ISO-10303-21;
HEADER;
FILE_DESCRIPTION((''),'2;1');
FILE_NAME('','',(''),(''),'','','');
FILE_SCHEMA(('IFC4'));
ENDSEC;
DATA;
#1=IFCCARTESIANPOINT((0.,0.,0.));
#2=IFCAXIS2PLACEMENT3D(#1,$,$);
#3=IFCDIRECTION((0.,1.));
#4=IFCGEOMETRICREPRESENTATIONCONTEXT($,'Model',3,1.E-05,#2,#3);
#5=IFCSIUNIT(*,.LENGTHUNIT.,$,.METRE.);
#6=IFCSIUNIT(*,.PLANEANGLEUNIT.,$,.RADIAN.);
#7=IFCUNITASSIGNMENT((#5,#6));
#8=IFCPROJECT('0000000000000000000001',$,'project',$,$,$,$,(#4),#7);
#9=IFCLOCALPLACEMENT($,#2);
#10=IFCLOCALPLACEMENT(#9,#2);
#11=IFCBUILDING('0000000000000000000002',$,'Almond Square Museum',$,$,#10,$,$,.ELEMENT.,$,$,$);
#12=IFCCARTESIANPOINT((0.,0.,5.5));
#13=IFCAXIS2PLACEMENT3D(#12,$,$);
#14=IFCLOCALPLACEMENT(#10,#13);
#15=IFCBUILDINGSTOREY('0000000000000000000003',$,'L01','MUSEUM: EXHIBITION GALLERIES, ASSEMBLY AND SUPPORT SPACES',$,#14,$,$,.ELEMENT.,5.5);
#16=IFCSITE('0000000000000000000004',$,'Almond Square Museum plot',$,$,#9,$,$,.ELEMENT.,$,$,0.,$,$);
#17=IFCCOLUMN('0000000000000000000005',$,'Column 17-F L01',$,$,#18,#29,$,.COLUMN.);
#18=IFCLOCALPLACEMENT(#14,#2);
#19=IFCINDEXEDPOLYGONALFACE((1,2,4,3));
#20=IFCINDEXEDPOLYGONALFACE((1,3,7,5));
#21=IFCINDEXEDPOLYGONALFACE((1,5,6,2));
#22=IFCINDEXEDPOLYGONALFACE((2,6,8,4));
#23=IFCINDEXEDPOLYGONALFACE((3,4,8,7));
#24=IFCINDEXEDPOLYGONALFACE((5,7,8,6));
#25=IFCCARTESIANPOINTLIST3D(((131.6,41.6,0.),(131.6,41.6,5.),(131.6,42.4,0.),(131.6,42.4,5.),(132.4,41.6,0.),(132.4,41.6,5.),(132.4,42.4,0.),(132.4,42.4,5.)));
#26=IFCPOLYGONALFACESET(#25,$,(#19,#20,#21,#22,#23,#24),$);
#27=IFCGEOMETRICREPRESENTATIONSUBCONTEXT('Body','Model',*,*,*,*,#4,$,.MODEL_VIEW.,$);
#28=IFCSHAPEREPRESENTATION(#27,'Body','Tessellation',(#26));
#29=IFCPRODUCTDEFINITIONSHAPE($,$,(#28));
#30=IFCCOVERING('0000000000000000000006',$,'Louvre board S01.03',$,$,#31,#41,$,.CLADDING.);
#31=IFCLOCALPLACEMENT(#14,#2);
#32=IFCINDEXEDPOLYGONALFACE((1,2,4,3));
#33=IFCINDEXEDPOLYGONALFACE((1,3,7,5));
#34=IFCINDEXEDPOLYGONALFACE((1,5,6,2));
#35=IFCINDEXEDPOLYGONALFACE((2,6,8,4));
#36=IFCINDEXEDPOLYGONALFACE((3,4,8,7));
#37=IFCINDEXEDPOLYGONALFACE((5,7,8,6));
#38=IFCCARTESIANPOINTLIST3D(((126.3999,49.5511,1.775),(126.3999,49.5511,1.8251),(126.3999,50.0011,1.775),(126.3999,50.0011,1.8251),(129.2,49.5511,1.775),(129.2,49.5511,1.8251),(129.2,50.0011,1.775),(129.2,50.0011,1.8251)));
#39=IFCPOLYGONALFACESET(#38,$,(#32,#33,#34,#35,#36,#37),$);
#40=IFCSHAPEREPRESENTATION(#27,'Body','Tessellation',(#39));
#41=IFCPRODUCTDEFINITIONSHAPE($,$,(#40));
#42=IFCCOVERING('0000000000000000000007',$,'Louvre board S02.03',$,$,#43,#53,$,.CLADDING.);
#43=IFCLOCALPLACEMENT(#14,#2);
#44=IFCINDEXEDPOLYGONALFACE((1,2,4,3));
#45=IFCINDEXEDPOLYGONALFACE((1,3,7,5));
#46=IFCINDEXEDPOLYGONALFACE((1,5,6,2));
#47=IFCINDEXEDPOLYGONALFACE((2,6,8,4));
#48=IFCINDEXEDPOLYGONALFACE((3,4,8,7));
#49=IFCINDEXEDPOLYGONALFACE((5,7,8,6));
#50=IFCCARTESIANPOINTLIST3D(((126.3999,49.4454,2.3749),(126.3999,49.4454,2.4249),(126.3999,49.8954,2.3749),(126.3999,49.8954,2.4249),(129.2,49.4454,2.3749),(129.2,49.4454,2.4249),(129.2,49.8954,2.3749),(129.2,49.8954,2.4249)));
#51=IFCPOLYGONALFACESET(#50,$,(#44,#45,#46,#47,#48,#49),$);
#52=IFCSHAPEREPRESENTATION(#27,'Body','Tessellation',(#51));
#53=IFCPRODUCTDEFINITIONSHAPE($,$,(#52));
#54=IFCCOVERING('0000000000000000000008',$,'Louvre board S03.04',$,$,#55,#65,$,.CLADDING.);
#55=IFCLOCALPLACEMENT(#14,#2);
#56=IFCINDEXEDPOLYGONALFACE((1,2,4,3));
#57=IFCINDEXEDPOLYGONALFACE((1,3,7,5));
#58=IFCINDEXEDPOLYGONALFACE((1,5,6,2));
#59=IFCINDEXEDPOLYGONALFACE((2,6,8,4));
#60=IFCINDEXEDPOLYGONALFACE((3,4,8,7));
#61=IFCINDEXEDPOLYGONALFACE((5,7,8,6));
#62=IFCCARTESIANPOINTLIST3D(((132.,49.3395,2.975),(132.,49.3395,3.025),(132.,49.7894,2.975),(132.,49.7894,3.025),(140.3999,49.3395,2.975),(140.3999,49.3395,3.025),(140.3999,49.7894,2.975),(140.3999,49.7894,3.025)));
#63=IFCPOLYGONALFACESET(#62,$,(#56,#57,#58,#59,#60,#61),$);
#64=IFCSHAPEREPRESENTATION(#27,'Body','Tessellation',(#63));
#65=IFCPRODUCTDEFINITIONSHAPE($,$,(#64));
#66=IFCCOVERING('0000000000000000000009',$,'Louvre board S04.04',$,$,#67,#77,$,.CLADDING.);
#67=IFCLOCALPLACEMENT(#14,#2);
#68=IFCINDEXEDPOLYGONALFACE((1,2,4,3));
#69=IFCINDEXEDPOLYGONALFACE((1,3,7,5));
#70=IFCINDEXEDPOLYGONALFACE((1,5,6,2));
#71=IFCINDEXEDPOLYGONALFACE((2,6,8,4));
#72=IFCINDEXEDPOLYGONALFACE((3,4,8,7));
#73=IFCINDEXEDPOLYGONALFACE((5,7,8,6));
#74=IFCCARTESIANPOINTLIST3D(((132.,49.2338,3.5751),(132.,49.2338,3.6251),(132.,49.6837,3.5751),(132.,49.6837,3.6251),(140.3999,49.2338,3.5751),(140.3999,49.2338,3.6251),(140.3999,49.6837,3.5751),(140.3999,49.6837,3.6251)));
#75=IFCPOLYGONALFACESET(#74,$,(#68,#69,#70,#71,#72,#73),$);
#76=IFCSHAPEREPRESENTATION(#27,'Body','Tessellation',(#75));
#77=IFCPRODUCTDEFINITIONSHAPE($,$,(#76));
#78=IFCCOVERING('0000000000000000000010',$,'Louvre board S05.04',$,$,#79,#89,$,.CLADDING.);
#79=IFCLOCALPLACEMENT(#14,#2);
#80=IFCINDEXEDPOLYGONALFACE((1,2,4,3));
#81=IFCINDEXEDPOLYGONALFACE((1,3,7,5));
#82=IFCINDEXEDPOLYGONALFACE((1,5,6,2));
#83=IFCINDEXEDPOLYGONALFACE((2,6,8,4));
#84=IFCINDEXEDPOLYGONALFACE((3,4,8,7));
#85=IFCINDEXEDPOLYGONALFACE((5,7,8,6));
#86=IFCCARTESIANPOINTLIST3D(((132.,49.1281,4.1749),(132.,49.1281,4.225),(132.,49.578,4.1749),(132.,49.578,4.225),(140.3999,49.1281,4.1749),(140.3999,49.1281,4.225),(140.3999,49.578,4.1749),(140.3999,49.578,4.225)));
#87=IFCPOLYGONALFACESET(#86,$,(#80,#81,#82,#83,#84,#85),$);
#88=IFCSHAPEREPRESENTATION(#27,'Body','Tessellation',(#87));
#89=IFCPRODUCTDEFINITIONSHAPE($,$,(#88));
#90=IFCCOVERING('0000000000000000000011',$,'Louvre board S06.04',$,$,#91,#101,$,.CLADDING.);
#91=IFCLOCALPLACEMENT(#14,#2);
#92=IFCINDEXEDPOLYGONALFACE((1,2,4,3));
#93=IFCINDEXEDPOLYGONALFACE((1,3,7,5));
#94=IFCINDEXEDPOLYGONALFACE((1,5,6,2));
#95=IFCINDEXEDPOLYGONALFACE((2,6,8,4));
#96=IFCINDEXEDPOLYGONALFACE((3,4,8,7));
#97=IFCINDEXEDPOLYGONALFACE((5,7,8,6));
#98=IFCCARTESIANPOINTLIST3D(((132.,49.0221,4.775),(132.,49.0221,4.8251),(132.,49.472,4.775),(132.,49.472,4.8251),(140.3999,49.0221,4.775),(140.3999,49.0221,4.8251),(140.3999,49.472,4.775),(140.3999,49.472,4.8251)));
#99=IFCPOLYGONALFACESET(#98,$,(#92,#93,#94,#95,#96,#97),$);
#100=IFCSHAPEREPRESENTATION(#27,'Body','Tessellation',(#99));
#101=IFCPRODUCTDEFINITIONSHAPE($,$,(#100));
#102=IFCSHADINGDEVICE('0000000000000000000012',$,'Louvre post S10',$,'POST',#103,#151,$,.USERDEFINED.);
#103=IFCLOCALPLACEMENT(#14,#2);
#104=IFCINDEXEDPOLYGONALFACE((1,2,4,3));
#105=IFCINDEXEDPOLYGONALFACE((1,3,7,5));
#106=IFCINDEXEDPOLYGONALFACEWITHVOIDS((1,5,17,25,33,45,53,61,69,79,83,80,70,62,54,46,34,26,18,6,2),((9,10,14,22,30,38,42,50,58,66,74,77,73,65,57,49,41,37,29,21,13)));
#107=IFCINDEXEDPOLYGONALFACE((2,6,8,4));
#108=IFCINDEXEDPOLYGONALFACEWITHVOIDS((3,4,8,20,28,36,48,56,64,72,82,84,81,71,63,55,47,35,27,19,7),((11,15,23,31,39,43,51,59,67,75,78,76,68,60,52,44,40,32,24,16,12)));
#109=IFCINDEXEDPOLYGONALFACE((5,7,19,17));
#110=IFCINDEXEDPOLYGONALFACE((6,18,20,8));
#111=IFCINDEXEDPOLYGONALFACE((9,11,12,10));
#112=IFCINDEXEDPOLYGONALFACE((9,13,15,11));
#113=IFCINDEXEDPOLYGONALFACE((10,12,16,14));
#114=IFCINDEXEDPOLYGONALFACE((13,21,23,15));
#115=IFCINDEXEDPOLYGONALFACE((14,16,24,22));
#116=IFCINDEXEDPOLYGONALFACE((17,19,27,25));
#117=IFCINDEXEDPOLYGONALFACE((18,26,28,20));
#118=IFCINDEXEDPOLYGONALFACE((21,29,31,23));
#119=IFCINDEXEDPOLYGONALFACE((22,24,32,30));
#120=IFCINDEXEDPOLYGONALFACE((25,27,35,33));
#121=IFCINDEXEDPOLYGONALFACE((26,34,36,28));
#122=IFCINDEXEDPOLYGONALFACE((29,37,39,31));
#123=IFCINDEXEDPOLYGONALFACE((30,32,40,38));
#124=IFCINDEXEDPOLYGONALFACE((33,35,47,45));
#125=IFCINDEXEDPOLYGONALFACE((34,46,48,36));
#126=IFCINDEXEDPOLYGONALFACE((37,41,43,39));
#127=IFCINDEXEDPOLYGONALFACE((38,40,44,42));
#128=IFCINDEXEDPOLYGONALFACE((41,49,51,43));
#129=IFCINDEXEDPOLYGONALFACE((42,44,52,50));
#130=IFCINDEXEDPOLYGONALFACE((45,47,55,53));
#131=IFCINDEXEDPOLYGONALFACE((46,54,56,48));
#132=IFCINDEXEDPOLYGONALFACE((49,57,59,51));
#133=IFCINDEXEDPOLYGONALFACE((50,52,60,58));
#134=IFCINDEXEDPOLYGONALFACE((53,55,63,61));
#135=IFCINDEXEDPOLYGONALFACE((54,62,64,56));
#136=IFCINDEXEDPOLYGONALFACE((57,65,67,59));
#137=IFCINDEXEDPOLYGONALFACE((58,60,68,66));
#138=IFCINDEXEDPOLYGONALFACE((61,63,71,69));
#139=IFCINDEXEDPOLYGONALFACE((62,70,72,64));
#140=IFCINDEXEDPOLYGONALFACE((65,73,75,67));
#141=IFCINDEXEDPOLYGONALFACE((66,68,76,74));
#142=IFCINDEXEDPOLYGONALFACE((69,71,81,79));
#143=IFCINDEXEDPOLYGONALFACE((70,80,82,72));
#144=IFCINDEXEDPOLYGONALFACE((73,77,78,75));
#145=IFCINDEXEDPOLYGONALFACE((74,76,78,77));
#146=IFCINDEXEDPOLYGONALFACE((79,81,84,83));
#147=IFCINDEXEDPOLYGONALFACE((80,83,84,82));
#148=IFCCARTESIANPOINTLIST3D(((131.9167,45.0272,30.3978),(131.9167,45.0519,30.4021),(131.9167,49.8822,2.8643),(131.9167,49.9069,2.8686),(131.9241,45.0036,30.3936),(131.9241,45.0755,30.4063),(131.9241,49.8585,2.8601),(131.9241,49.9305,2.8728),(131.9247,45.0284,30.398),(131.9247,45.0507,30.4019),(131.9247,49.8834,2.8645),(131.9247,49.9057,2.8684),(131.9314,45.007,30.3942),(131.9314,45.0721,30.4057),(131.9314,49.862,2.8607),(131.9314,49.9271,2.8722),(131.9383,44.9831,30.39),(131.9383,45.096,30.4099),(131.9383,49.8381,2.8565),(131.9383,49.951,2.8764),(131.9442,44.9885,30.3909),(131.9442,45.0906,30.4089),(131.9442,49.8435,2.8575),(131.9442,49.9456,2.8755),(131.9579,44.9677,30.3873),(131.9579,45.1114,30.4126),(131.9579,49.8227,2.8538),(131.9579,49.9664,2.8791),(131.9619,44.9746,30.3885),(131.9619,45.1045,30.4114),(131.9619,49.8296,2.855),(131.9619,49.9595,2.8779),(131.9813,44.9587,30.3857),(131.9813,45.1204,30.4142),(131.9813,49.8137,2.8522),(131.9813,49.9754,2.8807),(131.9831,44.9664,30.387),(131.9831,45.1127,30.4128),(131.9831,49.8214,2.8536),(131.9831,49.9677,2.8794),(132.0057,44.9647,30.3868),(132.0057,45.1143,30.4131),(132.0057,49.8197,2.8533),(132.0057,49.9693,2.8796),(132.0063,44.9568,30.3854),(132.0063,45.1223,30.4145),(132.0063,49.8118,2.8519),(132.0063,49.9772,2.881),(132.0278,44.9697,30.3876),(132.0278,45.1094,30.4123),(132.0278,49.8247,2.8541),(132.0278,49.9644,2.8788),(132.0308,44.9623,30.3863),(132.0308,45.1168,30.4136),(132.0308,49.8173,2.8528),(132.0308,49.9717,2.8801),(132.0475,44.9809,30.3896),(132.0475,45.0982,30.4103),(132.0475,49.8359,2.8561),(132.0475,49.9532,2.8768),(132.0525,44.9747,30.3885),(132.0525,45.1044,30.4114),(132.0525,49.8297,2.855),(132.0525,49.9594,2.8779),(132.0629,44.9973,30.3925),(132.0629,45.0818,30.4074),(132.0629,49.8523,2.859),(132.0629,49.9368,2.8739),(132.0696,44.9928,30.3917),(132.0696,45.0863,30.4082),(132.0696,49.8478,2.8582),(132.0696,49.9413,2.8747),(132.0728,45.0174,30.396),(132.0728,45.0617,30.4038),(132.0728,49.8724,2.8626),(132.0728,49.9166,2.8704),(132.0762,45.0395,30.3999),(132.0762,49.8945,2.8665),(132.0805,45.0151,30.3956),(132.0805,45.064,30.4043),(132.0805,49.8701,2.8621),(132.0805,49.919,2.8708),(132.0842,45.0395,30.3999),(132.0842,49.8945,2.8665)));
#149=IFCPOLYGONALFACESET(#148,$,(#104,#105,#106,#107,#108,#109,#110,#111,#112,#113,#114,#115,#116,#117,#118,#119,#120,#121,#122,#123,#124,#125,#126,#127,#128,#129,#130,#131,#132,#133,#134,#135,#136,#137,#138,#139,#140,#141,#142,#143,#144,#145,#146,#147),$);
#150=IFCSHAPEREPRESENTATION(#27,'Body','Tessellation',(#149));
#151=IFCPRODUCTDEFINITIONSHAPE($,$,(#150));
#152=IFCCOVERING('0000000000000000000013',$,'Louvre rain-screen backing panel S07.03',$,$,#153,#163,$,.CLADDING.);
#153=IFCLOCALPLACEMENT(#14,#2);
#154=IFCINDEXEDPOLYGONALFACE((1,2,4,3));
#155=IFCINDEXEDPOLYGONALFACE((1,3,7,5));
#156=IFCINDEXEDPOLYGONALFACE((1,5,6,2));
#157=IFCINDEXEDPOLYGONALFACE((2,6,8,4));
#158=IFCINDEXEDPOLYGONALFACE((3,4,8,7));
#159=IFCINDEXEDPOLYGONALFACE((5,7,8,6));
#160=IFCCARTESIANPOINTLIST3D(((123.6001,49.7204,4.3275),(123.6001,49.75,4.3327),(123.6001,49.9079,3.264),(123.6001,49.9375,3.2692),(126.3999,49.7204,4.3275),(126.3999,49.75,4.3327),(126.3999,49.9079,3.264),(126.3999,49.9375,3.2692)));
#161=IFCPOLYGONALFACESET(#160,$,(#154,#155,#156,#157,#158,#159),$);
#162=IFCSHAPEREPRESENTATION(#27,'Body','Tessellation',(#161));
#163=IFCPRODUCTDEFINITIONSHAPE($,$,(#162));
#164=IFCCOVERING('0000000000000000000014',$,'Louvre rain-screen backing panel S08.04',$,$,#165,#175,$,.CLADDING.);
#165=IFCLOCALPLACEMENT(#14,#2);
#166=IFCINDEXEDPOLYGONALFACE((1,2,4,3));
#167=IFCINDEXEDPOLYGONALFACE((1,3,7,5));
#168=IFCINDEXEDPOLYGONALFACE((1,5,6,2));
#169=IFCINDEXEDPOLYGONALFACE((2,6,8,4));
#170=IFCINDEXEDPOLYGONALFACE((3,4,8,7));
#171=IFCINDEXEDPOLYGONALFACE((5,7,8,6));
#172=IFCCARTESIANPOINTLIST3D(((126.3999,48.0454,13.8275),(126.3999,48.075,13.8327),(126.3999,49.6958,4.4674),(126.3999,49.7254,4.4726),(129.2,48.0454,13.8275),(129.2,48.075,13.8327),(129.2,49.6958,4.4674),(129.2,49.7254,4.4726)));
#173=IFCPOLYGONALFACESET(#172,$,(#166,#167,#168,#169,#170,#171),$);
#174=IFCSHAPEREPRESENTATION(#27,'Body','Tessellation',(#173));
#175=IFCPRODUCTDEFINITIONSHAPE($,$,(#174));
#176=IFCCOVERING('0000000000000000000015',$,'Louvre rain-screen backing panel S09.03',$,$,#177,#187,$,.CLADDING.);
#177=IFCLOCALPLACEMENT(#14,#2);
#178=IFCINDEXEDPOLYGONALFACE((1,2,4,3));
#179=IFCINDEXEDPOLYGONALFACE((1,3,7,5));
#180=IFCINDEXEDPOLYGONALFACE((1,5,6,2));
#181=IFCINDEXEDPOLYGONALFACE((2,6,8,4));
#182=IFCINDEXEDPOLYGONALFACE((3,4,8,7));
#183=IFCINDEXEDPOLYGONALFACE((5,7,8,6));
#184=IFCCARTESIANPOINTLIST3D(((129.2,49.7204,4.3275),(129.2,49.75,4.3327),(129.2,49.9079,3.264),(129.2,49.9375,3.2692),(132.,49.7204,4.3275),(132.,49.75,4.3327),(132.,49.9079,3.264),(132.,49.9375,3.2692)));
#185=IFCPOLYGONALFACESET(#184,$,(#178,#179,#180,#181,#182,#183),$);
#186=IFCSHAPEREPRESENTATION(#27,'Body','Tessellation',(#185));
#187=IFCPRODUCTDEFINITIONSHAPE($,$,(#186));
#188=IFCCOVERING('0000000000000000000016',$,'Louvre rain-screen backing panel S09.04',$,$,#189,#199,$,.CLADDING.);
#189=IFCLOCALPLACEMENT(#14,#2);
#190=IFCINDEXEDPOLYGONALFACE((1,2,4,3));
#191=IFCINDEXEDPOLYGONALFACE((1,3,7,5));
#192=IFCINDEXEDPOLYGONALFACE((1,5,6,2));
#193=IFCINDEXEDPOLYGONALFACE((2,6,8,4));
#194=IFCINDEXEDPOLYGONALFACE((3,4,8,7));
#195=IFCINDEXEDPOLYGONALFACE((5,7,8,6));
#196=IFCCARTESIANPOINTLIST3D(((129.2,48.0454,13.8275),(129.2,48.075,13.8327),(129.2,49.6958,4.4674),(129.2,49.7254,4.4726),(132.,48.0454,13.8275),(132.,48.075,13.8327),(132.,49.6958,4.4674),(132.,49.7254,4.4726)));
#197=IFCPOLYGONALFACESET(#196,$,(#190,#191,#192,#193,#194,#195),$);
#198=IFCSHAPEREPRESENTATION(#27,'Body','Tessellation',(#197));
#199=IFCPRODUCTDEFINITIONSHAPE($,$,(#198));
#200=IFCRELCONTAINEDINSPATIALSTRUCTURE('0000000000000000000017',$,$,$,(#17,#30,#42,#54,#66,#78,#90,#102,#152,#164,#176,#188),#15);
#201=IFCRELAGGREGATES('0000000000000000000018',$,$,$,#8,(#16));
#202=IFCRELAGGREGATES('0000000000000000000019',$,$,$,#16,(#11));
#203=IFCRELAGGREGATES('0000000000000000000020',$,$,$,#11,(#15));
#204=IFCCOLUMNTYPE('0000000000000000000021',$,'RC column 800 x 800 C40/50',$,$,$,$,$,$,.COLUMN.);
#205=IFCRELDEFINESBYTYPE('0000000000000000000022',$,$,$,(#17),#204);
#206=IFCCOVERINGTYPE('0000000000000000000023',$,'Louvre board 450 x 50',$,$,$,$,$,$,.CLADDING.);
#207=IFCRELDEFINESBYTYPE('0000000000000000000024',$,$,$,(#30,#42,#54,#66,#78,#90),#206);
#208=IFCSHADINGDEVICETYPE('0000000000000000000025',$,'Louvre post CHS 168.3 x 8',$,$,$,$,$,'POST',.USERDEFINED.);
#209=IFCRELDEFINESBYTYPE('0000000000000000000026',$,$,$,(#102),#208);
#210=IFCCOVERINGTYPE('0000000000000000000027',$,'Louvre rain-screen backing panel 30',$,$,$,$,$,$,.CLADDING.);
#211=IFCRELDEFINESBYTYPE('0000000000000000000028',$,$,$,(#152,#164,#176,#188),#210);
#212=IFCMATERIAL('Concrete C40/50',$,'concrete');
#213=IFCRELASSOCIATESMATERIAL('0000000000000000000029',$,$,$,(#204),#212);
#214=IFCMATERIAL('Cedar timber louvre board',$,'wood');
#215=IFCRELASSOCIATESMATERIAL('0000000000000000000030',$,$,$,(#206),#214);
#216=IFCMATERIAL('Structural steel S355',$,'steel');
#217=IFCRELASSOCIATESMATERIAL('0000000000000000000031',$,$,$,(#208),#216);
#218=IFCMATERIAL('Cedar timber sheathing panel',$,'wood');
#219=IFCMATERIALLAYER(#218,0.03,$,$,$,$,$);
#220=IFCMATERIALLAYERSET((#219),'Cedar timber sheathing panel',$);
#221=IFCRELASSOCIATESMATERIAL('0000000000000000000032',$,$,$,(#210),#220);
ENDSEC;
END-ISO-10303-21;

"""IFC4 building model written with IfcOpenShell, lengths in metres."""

from ifc_helpers import new_model, si_unit, direction, frame, origin, origin_2d, place, context, subcontext, project, spatial, polyline, rectangle, hollow_circle, outline, extrude, material, layer, layer_set, material_profile, profile_set, type_object, element, save


model = new_model("IFC4")

# Units and contexts
model_context = context("Model", 3, precision=1e-05, world=origin(), true_north=direction((0.0, 1.0)))
body_context = subcontext(model_context, "Body", "Model", "MODEL_VIEW")
ifc_project = project(units=[si_unit("LENGTHUNIT", "METRE"), si_unit("PLANEANGLEUNIT", "RADIAN")], contexts=[model_context])

# Site, building, storey
site_placement = place(None, origin())
site = spatial("IfcSite", under=ifc_project, at=site_placement, Name="Almond Square Museum plot", CompositionType="ELEMENT", RefElevation=0.0)
building_placement = place(site_placement, origin())
building = spatial("IfcBuilding", under=site, at=building_placement, Name="Almond Square Museum", CompositionType="ELEMENT")
storey_placement = place(building_placement, frame((0.0, 0.0, 5.5)))
storey = spatial("IfcBuildingStorey", under=building, at=storey_placement, Name="L01", Description="MUSEUM: EXHIBITION GALLERIES, ASSEMBLY AND SUPPORT SPACES", CompositionType="ELEMENT", Elevation=5.5)

# Column
ifc_material_1 = material(Name="Concrete C40/50", Category="concrete")
ifc_material_profile_1 = material_profile(ifc_material_1, rectangle(XDim=0.8, YDim=0.8, at=origin_2d()))
ifc_profile_set_1 = profile_set([ifc_material_profile_1], Name="Concrete C40/50")
column_type = type_object("IfcColumnType", Name="RC column 800 x 800 C40/50", PredefinedType="COLUMN", material=ifc_profile_set_1)
column_placement = place(storey_placement, frame((132.0, 42.0, 0.0), z_axis=(0.0, 0.0, 1.0), x_axis=(1.0, 0.0, 0.0)))
element("IfcColumn", 1, at=column_placement, inside=storey, type_object=column_type, Name="Column 17-F L01", PredefinedType="COLUMN", context=body_context, shape_type="SweptSolid", body=[
    extrude(rectangle(XDim=0.8, YDim=0.8, at=origin_2d()), origin(), (0.0, 0.0, 1.0), 5.0),
])

# Coverings
ifc_material_2 = material(Name="Cedar timber louvre board", Category="wood")
ifc_material_profile_2 = material_profile(ifc_material_2, rectangle(XDim=0.45, YDim=0.05, at=origin_2d()))
ifc_profile_set_2 = profile_set([ifc_material_profile_2], Name="Cedar timber louvre board")
covering_type_1 = type_object("IfcCoveringType", Name="Louvre board 450 x 50", PredefinedType="CLADDING", material=ifc_profile_set_2)
for number, where, z_axis, x_axis, name in (
    (2, (126.3999, 49.7761, 1.8), (1.0, 0.0, 0.0), (0.0, 1.0, 0.0), "Louvre board S01.03"),
    (3, (126.3999, 49.6704, 2.3999), (1.0, 0.0, 0.0), (0.0, 1.0, 0.0), "Louvre board S02.03"),
):
    element("IfcCovering", number, at=place(storey_placement, frame(where, z_axis=z_axis, x_axis=x_axis)), inside=storey, type_object=covering_type_1, Name=name, PredefinedType="CLADDING", context=body_context, shape_type="SweptSolid", body=[
        extrude(rectangle(XDim=0.45, YDim=0.05, at=origin_2d()), origin(), (0.0, 0.0, 1.0), 2.8),
    ])
for number, where, z_axis, x_axis, name in (
    (4, (132.0, 49.5645, 3.0), (1.0, 0.0, 0.0), (0.0, 1.0, 0.0), "Louvre board S03.04"),
    (5, (132.0, 49.4587, 3.6001), (1.0, 0.0, 0.0), (0.0, 1.0, 0.0), "Louvre board S04.04"),
    (6, (132.0, 49.353, 4.2), (1.0, 0.0, 0.0), (0.0, 1.0, 0.0), "Louvre board S05.04"),
    (7, (132.0, 49.2471, 4.8), (1.0, 0.0, 0.0), (0.0, 1.0, 0.0), "Louvre board S06.04"),
):
    element("IfcCovering", number, at=place(storey_placement, frame(where, z_axis=z_axis, x_axis=x_axis)), inside=storey, type_object=covering_type_1, Name=name, PredefinedType="CLADDING", context=body_context, shape_type="SweptSolid", body=[
        extrude(rectangle(XDim=0.45, YDim=0.05, at=origin_2d()), origin(), (0.0, 0.0, 1.0), 8.3999),
    ])

# Shading device
ifc_material_3 = material(Name="Structural steel S355", Category="steel")
ifc_material_profile_3 = material_profile(ifc_material_3, hollow_circle(Radius=0.0842, WallThickness=0.0081, at=origin_2d()))
ifc_profile_set_3 = profile_set([ifc_material_profile_3], Name="Structural steel S355")
shading_device_type_1 = type_object("IfcShadingDeviceType", Name="Louvre post CHS 168.3 x 8", ElementType="POST", PredefinedType="USERDEFINED", material=ifc_profile_set_3)
shading_device_1_placement = place(storey_placement, frame((132.0, 49.8945, 2.8665), z_axis=(0.0, -0.173651, 0.984807), x_axis=(1.0, 0.0, 0.0)))
element("IfcShadingDevice", 8, at=shading_device_1_placement, inside=storey, type_object=shading_device_type_1, Name="Louvre post S10", ObjectType="POST", PredefinedType="USERDEFINED", context=body_context, shape_type="SweptSolid", body=[
    extrude(hollow_circle(Radius=0.0842, WallThickness=0.0081, at=origin_2d()), origin(), (0.0, 0.0, 1.0), 27.9583),
])

# Coverings
ifc_material_4 = material(Name="Cedar timber sheathing panel", Category="wood")
ifc_layer_1 = layer(ifc_material_4, 0.03)
ifc_layer_set_1 = layer_set([ifc_layer_1], Name="Cedar timber sheathing panel")
covering_type_2 = type_object("IfcCoveringType", Name="Louvre rain-screen backing panel 30", PredefinedType="CLADDING", material=ifc_layer_set_1)
covering_1_placement = place(storey_placement, frame((123.6001, 49.9226, 3.2666), z_axis=(0.0, -0.984811, -0.173631), x_axis=(1.0, 0.0, 0.0)))
element("IfcCovering", 9, at=covering_1_placement, inside=storey, type_object=covering_type_2, Name="Louvre rain-screen backing panel S07.03", PredefinedType="CLADDING", context=body_context, shape_type="SweptSolid", body=[
    extrude(outline(polyline([(0.0, 0.0), (2.7998, 0.0), (2.7998, 1.0799), (0.0, 1.0799), (0.0, 0.0)])), frame((0.0, 0.0, -0.0151)), (0.0, 0.0, 1.0), 0.03),
])
covering_2_placement = place(storey_placement, frame((126.3999, 49.7104, 4.47), z_axis=(0.0, -0.984809, -0.173643), x_axis=(1.0, 0.0, 0.0)))
element("IfcCovering", 10, at=covering_2_placement, inside=storey, type_object=covering_type_2, Name="Louvre rain-screen backing panel S08.04", PredefinedType="CLADDING", context=body_context, shape_type="SweptSolid", body=[
    extrude(outline(polyline([(0.0, 0.0), (2.8, 0.0), (2.8, 9.5045), (0.0, 9.5045), (0.0, 0.0)])), frame((0.0, 0.0, -0.0151)), (0.0, 0.0, 1.0), 0.03),
])
covering_3_placement = place(storey_placement, frame((129.2, 49.9226, 3.2666), z_axis=(0.0, -0.984811, -0.173631), x_axis=(1.0, 0.0, 0.0)))
element("IfcCovering", 11, at=covering_3_placement, inside=storey, type_object=covering_type_2, Name="Louvre rain-screen backing panel S09.03", PredefinedType="CLADDING", context=body_context, shape_type="SweptSolid", body=[
    extrude(outline(polyline([(0.0, 0.0), (2.8, 0.0), (2.8, 1.0799), (0.0, 1.0799), (0.0, 0.0)])), frame((0.0, 0.0, -0.0151)), (0.0, 0.0, 1.0), 0.03),
])
for number, where, z_axis, x_axis, name in (
    (12, (129.2, 49.7104, 4.47), (0.0, -0.984809, -0.173643), (1.0, 0.0, 0.0), "Louvre rain-screen backing panel S09.04"),
):
    element("IfcCovering", number, at=place(storey_placement, frame(where, z_axis=z_axis, x_axis=x_axis)), inside=storey, type_object=covering_type_2, Name=name, PredefinedType="CLADDING", context=body_context, shape_type="SweptSolid", body=[
        extrude(outline(polyline([(0.0, 0.0), (2.8, 0.0), (2.8, 9.5045), (0.0, 9.5045), (0.0, 0.0)])), frame((0.0, 0.0, -0.0151)), (0.0, 0.0, 1.0), 0.03),
    ])

save(model, "model.ifc")
